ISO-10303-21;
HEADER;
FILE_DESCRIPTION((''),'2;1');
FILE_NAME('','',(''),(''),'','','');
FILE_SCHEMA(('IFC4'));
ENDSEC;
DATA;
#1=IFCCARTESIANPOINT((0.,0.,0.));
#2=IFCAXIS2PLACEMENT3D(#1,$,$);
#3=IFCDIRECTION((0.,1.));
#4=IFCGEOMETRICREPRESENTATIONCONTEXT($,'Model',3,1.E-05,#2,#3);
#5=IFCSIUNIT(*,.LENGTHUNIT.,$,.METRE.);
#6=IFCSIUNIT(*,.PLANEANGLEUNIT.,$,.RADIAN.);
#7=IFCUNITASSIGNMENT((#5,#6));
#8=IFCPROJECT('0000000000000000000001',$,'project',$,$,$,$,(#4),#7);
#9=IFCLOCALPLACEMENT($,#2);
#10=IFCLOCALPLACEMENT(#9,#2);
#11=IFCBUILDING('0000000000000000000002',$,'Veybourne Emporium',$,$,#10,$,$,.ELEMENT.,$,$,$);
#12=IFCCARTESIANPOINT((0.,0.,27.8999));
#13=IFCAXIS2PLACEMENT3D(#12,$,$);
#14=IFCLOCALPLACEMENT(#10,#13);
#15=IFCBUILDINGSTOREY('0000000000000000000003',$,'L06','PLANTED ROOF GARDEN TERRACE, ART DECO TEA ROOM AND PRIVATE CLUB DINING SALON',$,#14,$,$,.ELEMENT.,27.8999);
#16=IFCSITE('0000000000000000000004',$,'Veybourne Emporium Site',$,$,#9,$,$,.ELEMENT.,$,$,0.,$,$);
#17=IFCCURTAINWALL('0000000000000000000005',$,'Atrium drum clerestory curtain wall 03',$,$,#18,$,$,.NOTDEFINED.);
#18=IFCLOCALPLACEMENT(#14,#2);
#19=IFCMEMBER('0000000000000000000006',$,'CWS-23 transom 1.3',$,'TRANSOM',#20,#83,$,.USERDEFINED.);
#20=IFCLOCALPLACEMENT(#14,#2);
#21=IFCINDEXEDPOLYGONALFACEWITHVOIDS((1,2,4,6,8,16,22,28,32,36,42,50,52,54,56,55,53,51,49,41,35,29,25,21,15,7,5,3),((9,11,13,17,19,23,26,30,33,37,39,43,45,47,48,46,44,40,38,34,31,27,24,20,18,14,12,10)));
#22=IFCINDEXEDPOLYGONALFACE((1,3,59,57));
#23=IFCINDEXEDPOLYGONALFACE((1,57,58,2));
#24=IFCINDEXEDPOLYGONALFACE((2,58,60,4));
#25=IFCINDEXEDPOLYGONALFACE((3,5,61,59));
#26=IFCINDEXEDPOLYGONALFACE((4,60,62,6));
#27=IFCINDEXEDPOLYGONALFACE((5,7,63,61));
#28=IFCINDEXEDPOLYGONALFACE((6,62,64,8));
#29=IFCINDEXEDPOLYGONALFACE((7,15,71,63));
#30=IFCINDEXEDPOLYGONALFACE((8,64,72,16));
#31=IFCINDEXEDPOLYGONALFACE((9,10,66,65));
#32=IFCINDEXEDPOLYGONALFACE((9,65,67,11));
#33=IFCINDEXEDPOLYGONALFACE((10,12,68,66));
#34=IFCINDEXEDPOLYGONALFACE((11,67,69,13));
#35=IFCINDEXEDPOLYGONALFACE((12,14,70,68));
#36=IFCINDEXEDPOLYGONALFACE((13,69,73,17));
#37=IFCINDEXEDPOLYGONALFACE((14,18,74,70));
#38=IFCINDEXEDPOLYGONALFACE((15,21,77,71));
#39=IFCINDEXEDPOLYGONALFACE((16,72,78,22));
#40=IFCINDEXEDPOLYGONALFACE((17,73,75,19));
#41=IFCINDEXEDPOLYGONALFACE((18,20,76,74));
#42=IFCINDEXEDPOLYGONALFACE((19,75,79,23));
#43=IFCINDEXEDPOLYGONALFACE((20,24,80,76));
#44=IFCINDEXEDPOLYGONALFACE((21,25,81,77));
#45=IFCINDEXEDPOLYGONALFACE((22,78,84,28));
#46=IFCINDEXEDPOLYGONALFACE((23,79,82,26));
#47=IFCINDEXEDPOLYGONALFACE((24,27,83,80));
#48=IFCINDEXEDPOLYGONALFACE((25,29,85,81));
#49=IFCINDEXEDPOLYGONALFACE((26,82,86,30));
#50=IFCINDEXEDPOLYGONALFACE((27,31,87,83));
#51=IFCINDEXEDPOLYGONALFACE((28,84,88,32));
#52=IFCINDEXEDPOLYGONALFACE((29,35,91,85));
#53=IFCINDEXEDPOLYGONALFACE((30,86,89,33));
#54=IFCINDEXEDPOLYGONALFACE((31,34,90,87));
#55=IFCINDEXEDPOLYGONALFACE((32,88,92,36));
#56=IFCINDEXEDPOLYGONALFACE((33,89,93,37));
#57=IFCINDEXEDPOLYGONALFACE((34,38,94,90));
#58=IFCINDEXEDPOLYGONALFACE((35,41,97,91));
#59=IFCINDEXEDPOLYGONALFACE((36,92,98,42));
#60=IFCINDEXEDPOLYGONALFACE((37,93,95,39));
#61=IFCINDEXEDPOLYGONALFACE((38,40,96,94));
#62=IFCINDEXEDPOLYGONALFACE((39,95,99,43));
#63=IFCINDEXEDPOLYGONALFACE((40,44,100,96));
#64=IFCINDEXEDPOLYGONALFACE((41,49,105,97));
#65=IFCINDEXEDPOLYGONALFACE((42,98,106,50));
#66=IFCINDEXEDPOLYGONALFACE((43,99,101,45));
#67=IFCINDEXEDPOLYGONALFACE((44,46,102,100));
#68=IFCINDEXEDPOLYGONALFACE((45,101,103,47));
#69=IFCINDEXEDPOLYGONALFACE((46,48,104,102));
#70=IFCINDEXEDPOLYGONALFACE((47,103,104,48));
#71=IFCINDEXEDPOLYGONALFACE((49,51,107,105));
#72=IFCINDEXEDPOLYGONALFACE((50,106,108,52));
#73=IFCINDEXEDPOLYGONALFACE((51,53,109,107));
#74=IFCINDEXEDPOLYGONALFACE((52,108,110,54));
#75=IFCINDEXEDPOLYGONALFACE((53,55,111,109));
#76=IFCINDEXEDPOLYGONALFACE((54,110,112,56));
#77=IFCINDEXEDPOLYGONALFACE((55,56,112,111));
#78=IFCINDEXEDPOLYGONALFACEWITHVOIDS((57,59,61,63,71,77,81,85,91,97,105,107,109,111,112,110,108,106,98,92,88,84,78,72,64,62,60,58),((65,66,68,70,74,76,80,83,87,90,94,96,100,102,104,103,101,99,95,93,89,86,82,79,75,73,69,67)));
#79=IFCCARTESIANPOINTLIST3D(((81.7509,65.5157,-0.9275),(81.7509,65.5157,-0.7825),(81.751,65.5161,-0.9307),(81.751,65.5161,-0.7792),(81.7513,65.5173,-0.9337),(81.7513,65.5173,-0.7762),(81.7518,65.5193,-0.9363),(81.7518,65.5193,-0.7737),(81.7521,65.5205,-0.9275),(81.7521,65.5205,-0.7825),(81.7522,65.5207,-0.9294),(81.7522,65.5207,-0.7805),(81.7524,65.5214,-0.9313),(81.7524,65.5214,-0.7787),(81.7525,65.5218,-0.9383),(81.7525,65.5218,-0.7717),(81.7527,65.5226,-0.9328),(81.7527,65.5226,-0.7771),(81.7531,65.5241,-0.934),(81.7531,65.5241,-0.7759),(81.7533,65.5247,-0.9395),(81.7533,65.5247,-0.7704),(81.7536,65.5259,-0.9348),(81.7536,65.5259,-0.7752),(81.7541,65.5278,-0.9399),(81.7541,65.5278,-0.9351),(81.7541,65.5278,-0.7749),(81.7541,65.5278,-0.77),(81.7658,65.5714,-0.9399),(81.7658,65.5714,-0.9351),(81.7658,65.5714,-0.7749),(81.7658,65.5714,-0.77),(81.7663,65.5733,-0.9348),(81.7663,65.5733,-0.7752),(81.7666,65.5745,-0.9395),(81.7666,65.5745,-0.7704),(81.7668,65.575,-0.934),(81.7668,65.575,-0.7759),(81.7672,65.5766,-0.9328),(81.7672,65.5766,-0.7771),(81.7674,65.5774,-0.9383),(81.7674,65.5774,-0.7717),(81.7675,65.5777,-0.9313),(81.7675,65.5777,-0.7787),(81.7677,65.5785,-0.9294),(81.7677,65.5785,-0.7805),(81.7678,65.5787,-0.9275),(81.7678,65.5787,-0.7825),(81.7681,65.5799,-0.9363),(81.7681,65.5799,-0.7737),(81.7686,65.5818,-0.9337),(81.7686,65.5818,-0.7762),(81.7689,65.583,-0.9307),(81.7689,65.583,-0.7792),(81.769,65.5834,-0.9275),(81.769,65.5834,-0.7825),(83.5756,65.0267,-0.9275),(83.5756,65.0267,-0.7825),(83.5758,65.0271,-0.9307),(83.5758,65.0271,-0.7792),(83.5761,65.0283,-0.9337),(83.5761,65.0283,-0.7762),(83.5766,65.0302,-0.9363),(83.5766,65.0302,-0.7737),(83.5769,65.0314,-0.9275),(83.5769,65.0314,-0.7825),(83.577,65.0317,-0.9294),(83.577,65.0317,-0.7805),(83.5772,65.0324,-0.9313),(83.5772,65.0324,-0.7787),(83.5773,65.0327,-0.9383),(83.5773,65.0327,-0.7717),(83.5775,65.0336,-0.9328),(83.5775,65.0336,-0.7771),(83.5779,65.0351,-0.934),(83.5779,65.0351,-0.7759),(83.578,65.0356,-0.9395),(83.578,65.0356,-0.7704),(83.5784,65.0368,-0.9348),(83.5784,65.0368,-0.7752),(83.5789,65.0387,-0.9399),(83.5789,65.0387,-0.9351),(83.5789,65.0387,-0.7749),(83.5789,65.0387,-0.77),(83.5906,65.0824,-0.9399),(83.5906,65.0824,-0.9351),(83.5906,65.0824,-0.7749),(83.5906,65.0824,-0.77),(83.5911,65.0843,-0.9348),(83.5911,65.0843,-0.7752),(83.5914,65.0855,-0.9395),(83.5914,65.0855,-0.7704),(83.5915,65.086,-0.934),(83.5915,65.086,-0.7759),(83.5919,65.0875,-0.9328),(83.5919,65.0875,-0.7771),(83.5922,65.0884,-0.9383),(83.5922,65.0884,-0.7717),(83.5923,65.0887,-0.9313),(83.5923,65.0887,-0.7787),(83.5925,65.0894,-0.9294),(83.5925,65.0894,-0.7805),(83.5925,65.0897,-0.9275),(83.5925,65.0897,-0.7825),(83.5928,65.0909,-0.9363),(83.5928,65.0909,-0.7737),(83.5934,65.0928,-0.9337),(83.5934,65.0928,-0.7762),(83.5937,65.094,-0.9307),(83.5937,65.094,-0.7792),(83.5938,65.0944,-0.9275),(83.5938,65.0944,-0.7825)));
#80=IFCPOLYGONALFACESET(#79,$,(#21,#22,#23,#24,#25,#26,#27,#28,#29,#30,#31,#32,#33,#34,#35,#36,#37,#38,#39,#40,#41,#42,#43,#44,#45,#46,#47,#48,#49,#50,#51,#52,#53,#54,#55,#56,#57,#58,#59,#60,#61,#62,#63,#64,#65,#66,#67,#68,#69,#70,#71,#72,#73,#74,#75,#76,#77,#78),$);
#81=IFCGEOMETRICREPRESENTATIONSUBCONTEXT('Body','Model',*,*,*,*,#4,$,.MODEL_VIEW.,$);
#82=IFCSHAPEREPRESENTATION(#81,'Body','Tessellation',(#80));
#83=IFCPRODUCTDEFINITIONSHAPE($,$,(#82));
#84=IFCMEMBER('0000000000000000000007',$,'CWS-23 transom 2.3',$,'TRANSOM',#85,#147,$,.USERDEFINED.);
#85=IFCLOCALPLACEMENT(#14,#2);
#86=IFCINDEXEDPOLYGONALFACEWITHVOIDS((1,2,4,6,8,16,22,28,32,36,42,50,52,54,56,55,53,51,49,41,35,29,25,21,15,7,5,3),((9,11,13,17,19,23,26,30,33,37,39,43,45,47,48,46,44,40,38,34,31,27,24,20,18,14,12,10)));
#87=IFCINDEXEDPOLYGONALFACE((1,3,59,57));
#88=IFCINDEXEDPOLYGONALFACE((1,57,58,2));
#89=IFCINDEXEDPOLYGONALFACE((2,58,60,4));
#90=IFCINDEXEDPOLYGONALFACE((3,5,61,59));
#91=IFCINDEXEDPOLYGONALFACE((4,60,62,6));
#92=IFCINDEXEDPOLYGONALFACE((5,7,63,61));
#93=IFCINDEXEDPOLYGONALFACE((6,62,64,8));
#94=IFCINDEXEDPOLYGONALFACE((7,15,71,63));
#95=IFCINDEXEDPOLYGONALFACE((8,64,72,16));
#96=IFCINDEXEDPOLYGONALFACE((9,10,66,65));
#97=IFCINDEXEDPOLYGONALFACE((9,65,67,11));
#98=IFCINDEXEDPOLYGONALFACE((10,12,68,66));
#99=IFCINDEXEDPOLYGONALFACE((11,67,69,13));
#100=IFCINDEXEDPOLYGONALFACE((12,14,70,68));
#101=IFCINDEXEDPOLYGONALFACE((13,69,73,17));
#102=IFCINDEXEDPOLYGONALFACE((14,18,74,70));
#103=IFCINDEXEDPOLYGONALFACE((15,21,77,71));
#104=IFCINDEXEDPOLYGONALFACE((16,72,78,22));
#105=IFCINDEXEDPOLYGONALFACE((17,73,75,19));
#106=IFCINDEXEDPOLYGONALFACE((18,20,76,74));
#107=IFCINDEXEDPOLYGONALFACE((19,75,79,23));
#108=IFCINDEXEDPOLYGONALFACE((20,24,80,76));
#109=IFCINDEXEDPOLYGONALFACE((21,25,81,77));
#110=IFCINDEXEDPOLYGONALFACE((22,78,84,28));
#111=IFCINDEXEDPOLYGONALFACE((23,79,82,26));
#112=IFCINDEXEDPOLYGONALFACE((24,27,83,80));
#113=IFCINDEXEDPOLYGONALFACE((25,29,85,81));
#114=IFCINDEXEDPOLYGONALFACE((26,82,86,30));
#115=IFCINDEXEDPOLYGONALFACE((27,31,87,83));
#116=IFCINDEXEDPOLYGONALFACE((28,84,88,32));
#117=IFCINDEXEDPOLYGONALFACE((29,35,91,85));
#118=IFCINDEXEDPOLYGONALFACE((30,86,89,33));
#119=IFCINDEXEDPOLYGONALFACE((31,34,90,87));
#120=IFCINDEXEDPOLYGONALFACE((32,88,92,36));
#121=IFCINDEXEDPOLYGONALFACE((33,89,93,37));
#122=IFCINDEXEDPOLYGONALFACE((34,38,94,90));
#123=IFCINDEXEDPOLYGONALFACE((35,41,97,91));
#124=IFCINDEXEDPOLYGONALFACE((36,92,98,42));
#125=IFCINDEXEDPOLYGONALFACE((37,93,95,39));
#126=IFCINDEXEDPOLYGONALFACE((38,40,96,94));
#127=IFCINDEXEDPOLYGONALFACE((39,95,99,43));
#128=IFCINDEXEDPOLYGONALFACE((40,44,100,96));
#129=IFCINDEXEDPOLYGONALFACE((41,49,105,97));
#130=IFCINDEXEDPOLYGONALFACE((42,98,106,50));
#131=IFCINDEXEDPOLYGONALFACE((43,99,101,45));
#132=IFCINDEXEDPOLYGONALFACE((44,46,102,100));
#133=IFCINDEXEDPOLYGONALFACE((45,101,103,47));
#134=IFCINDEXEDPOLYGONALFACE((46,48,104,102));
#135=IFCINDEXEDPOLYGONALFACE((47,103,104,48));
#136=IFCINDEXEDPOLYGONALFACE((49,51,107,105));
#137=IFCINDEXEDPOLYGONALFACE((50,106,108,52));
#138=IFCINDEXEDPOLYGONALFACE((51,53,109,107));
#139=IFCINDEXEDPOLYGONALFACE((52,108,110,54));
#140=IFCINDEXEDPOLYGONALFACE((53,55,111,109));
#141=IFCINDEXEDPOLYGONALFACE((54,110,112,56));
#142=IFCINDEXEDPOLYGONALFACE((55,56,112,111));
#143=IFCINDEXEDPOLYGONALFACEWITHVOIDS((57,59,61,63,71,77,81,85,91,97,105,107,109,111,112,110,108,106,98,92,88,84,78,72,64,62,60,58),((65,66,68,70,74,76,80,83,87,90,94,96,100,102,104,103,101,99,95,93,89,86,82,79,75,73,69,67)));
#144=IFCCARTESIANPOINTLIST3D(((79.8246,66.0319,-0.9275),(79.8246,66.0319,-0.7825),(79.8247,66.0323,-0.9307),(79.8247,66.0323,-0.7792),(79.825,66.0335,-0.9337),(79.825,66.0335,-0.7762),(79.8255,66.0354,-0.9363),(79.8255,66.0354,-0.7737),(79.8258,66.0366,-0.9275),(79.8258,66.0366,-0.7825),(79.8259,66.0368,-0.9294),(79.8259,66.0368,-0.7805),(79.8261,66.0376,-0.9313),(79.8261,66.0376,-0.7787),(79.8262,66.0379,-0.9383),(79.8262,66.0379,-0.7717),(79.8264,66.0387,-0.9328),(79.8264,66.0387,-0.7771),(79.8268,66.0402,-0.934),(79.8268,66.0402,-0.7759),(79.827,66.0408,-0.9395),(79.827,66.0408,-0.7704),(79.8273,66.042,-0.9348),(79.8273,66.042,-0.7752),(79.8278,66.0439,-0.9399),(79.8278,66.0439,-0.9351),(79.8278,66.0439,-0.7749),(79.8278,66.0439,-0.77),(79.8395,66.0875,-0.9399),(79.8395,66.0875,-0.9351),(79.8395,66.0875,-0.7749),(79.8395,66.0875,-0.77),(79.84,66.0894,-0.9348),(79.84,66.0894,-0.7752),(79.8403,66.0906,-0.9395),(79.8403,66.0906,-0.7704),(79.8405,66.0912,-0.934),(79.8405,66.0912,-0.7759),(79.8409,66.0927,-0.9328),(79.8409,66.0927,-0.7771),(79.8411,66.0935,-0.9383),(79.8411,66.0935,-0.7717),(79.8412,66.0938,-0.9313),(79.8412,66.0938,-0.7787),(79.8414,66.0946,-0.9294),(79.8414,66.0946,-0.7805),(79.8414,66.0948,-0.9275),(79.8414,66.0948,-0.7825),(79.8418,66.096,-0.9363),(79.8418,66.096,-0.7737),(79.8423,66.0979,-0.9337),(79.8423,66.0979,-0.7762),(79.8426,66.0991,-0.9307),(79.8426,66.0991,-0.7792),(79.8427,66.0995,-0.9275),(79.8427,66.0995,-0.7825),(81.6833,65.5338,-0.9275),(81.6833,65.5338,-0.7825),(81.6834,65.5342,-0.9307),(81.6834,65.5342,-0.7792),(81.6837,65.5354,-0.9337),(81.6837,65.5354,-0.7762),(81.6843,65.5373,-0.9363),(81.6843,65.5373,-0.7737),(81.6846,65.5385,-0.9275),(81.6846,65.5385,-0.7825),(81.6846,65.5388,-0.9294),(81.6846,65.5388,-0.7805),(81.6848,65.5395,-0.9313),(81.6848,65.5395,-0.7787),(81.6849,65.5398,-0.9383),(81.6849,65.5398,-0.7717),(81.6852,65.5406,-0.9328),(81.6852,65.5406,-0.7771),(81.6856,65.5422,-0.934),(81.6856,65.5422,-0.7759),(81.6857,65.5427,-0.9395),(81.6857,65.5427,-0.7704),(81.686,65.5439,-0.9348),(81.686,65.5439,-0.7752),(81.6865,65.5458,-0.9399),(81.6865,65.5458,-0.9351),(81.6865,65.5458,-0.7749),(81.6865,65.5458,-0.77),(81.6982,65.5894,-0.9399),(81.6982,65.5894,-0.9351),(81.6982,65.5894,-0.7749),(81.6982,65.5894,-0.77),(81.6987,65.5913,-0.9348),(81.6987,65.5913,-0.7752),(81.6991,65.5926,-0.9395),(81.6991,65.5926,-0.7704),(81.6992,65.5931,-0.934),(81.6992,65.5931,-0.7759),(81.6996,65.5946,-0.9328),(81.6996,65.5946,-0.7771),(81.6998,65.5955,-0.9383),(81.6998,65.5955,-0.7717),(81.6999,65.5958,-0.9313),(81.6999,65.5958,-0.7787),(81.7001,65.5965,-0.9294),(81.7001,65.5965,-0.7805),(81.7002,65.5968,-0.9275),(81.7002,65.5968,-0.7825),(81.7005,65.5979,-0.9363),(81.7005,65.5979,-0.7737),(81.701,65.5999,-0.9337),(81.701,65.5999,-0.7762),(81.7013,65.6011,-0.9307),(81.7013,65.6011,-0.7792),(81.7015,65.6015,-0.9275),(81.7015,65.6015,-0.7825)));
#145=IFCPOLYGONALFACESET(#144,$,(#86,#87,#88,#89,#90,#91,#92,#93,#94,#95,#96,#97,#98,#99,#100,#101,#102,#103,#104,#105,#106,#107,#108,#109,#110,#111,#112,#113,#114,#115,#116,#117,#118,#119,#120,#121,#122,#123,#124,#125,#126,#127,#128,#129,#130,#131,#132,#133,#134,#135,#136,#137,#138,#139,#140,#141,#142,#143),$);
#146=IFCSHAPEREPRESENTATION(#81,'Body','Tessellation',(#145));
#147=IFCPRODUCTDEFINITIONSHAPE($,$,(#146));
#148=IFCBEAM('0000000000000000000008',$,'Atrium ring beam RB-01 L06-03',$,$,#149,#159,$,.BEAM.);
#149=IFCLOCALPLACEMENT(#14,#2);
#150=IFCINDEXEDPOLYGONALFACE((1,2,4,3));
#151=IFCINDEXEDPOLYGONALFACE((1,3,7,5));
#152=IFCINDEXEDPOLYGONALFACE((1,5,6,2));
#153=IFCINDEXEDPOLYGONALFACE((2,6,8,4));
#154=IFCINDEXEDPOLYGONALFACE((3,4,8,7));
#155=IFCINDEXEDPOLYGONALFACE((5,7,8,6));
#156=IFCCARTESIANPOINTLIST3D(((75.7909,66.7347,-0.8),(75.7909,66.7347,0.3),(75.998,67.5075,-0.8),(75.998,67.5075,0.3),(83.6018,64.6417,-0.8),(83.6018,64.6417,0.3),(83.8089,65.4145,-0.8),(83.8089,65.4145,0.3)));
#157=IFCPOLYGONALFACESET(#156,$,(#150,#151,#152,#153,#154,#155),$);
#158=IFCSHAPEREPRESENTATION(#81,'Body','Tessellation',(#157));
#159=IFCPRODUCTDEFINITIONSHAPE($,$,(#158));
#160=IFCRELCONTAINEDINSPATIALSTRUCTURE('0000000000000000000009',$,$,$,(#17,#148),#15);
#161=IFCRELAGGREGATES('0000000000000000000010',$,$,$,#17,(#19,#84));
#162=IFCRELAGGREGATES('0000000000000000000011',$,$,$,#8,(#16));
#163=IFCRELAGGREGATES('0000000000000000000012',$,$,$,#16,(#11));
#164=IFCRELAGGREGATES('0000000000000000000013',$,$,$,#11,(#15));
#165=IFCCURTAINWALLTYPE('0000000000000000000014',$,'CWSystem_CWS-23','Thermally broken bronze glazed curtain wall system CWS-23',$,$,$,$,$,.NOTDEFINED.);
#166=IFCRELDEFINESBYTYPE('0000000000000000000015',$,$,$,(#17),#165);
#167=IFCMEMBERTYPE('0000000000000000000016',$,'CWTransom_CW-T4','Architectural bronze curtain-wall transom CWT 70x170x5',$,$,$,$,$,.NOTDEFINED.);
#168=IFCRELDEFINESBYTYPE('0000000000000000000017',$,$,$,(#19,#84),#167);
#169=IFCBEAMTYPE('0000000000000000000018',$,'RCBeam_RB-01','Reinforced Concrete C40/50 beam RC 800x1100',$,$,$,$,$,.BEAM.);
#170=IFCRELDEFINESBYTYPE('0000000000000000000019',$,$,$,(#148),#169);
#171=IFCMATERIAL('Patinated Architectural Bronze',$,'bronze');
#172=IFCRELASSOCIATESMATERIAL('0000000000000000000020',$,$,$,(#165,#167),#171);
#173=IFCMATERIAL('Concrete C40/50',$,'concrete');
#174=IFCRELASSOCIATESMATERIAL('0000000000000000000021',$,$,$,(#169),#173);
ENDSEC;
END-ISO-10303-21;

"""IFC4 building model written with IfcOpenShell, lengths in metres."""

from ifc_helpers import new_model, si_unit, direction, frame, origin, origin_2d, place, context, subcontext, project, spatial, rectangle, hollow_rectangle, extrude, material, material_profile, profile_set, type_object, element, aggregate, save


model = new_model("IFC4")

# Units and contexts
model_context = context("Model", 3, precision=1e-05, world=origin(), true_north=direction((0.0, 1.0)))
body_context = subcontext(model_context, "Body", "Model", "MODEL_VIEW")
ifc_project = project(units=[si_unit("LENGTHUNIT", "METRE"), si_unit("PLANEANGLEUNIT", "RADIAN")], contexts=[model_context])

# Site, building, storey
site_placement = place(None, origin())
site = spatial("IfcSite", under=ifc_project, at=site_placement, Name="Veybourne Emporium Site", CompositionType="ELEMENT", RefElevation=0.0)
building_placement = place(site_placement, origin())
building = spatial("IfcBuilding", under=site, at=building_placement, Name="Veybourne Emporium", CompositionType="ELEMENT")
storey_placement = place(building_placement, frame((0.0, 0.0, 27.8999)))
storey = spatial("IfcBuildingStorey", under=building, at=storey_placement, Name="L06", Description="PLANTED ROOF GARDEN TERRACE, ART DECO TEA ROOM AND PRIVATE CLUB DINING SALON", CompositionType="ELEMENT", Elevation=27.8999)

# Shared definitions
ifc_material_1 = material(Name="Concrete C40/50", Category="concrete")

# Curtain wall
ifc_material_2 = material(Name="Patinated Architectural Bronze", Category="bronze")
curtain_wall_type_1 = type_object("IfcCurtainWallType", Name="CWSystem_CWS-23", Description="Thermally broken bronze glazed curtain wall system CWS-23", PredefinedType="NOTDEFINED", material=ifc_material_2)
curtain_wall_1_placement = place(storey_placement, origin())
curtain_wall_1 = element("IfcCurtainWall", 1, at=curtain_wall_1_placement, inside=storey, type_object=curtain_wall_type_1, Name="Atrium drum clerestory curtain wall 03", PredefinedType="NOTDEFINED")

# Members
ifc_material_profile_1 = material_profile(ifc_material_2, hollow_rectangle(XDim=0.0701, YDim=0.1699, WallThickness=0.0049, InnerFilletRadius=0.0076, OuterFilletRadius=0.0125, at=origin_2d()), Name="CWT 70x170x5")
ifc_profile_set_1 = profile_set([ifc_material_profile_1], Name="Patinated Architectural Bronze")
member_type_1 = type_object("IfcMemberType", Name="CWTransom_CW-T4", Description="Architectural bronze curtain-wall transom CWT 70x170x5", PredefinedType="NOTDEFINED", material=ifc_profile_set_1)
member_1_placement = place(storey_placement, frame((83.5847, 65.0605, -0.855), z_axis=(-0.965915, 0.258861, 0.0), x_axis=(-0.258861, -0.965915, 0.0)))
member_1 = element("IfcMember", 2, at=member_1_placement, type_object=member_type_1, Name="CWS-23 transom 1.3", ObjectType="TRANSOM", PredefinedType="USERDEFINED", context=body_context, shape_type="SweptSolid", body=[
    extrude(hollow_rectangle(XDim=0.0701, YDim=0.1699, WallThickness=0.0049, InnerFilletRadius=0.0076, OuterFilletRadius=0.0125, at=origin_2d()), origin(), (0.0, 0.0, 1.0), 1.8892),
])
member_2_placement = place(storey_placement, frame((81.6924, 65.5676, -0.855), z_axis=(-0.965923, 0.258831, 0.0), x_axis=(-0.258831, -0.965923, 0.0)))
member_2 = element("IfcMember", 3, at=member_2_placement, type_object=member_type_1, Name="CWS-23 transom 2.3", ObjectType="TRANSOM", PredefinedType="USERDEFINED", context=body_context, shape_type="SweptSolid", body=[
    extrude(hollow_rectangle(XDim=0.0701, YDim=0.1699, WallThickness=0.0049, InnerFilletRadius=0.0076, OuterFilletRadius=0.0125, at=origin_2d()), origin(), (0.0, 0.0, 1.0), 1.9243),
])

# Beam
ifc_material_profile_2 = material_profile(ifc_material_1, rectangle(XDim=0.8, YDim=1.1001, at=origin_2d()), Name="RC 800x1100")
ifc_profile_set_2 = profile_set([ifc_material_profile_2], Name="Concrete C40/50")
beam_type = type_object("IfcBeamType", Name="RCBeam_RB-01", Description="Reinforced Concrete C40/50 beam RC 800x1100", PredefinedType="BEAM", material=ifc_profile_set_2)
beam_placement = place(storey_placement, frame((83.7053, 65.0281, -0.25), z_axis=(-0.965922, 0.258833, 0.0), x_axis=(-0.258833, -0.965922, 0.0)))
element("IfcBeam", 4, at=beam_placement, inside=storey, type_object=beam_type, Name="Atrium ring beam RB-01 L06-03", PredefinedType="BEAM", context=body_context, shape_type="SweptSolid", body=[
    extrude(rectangle(XDim=0.8, YDim=1.1001, at=origin_2d()), origin(), (0.0, 0.0, 1.0), 8.0864),
])

aggregate(curtain_wall_1, [member_1, member_2])

save(model, "model.ifc")
